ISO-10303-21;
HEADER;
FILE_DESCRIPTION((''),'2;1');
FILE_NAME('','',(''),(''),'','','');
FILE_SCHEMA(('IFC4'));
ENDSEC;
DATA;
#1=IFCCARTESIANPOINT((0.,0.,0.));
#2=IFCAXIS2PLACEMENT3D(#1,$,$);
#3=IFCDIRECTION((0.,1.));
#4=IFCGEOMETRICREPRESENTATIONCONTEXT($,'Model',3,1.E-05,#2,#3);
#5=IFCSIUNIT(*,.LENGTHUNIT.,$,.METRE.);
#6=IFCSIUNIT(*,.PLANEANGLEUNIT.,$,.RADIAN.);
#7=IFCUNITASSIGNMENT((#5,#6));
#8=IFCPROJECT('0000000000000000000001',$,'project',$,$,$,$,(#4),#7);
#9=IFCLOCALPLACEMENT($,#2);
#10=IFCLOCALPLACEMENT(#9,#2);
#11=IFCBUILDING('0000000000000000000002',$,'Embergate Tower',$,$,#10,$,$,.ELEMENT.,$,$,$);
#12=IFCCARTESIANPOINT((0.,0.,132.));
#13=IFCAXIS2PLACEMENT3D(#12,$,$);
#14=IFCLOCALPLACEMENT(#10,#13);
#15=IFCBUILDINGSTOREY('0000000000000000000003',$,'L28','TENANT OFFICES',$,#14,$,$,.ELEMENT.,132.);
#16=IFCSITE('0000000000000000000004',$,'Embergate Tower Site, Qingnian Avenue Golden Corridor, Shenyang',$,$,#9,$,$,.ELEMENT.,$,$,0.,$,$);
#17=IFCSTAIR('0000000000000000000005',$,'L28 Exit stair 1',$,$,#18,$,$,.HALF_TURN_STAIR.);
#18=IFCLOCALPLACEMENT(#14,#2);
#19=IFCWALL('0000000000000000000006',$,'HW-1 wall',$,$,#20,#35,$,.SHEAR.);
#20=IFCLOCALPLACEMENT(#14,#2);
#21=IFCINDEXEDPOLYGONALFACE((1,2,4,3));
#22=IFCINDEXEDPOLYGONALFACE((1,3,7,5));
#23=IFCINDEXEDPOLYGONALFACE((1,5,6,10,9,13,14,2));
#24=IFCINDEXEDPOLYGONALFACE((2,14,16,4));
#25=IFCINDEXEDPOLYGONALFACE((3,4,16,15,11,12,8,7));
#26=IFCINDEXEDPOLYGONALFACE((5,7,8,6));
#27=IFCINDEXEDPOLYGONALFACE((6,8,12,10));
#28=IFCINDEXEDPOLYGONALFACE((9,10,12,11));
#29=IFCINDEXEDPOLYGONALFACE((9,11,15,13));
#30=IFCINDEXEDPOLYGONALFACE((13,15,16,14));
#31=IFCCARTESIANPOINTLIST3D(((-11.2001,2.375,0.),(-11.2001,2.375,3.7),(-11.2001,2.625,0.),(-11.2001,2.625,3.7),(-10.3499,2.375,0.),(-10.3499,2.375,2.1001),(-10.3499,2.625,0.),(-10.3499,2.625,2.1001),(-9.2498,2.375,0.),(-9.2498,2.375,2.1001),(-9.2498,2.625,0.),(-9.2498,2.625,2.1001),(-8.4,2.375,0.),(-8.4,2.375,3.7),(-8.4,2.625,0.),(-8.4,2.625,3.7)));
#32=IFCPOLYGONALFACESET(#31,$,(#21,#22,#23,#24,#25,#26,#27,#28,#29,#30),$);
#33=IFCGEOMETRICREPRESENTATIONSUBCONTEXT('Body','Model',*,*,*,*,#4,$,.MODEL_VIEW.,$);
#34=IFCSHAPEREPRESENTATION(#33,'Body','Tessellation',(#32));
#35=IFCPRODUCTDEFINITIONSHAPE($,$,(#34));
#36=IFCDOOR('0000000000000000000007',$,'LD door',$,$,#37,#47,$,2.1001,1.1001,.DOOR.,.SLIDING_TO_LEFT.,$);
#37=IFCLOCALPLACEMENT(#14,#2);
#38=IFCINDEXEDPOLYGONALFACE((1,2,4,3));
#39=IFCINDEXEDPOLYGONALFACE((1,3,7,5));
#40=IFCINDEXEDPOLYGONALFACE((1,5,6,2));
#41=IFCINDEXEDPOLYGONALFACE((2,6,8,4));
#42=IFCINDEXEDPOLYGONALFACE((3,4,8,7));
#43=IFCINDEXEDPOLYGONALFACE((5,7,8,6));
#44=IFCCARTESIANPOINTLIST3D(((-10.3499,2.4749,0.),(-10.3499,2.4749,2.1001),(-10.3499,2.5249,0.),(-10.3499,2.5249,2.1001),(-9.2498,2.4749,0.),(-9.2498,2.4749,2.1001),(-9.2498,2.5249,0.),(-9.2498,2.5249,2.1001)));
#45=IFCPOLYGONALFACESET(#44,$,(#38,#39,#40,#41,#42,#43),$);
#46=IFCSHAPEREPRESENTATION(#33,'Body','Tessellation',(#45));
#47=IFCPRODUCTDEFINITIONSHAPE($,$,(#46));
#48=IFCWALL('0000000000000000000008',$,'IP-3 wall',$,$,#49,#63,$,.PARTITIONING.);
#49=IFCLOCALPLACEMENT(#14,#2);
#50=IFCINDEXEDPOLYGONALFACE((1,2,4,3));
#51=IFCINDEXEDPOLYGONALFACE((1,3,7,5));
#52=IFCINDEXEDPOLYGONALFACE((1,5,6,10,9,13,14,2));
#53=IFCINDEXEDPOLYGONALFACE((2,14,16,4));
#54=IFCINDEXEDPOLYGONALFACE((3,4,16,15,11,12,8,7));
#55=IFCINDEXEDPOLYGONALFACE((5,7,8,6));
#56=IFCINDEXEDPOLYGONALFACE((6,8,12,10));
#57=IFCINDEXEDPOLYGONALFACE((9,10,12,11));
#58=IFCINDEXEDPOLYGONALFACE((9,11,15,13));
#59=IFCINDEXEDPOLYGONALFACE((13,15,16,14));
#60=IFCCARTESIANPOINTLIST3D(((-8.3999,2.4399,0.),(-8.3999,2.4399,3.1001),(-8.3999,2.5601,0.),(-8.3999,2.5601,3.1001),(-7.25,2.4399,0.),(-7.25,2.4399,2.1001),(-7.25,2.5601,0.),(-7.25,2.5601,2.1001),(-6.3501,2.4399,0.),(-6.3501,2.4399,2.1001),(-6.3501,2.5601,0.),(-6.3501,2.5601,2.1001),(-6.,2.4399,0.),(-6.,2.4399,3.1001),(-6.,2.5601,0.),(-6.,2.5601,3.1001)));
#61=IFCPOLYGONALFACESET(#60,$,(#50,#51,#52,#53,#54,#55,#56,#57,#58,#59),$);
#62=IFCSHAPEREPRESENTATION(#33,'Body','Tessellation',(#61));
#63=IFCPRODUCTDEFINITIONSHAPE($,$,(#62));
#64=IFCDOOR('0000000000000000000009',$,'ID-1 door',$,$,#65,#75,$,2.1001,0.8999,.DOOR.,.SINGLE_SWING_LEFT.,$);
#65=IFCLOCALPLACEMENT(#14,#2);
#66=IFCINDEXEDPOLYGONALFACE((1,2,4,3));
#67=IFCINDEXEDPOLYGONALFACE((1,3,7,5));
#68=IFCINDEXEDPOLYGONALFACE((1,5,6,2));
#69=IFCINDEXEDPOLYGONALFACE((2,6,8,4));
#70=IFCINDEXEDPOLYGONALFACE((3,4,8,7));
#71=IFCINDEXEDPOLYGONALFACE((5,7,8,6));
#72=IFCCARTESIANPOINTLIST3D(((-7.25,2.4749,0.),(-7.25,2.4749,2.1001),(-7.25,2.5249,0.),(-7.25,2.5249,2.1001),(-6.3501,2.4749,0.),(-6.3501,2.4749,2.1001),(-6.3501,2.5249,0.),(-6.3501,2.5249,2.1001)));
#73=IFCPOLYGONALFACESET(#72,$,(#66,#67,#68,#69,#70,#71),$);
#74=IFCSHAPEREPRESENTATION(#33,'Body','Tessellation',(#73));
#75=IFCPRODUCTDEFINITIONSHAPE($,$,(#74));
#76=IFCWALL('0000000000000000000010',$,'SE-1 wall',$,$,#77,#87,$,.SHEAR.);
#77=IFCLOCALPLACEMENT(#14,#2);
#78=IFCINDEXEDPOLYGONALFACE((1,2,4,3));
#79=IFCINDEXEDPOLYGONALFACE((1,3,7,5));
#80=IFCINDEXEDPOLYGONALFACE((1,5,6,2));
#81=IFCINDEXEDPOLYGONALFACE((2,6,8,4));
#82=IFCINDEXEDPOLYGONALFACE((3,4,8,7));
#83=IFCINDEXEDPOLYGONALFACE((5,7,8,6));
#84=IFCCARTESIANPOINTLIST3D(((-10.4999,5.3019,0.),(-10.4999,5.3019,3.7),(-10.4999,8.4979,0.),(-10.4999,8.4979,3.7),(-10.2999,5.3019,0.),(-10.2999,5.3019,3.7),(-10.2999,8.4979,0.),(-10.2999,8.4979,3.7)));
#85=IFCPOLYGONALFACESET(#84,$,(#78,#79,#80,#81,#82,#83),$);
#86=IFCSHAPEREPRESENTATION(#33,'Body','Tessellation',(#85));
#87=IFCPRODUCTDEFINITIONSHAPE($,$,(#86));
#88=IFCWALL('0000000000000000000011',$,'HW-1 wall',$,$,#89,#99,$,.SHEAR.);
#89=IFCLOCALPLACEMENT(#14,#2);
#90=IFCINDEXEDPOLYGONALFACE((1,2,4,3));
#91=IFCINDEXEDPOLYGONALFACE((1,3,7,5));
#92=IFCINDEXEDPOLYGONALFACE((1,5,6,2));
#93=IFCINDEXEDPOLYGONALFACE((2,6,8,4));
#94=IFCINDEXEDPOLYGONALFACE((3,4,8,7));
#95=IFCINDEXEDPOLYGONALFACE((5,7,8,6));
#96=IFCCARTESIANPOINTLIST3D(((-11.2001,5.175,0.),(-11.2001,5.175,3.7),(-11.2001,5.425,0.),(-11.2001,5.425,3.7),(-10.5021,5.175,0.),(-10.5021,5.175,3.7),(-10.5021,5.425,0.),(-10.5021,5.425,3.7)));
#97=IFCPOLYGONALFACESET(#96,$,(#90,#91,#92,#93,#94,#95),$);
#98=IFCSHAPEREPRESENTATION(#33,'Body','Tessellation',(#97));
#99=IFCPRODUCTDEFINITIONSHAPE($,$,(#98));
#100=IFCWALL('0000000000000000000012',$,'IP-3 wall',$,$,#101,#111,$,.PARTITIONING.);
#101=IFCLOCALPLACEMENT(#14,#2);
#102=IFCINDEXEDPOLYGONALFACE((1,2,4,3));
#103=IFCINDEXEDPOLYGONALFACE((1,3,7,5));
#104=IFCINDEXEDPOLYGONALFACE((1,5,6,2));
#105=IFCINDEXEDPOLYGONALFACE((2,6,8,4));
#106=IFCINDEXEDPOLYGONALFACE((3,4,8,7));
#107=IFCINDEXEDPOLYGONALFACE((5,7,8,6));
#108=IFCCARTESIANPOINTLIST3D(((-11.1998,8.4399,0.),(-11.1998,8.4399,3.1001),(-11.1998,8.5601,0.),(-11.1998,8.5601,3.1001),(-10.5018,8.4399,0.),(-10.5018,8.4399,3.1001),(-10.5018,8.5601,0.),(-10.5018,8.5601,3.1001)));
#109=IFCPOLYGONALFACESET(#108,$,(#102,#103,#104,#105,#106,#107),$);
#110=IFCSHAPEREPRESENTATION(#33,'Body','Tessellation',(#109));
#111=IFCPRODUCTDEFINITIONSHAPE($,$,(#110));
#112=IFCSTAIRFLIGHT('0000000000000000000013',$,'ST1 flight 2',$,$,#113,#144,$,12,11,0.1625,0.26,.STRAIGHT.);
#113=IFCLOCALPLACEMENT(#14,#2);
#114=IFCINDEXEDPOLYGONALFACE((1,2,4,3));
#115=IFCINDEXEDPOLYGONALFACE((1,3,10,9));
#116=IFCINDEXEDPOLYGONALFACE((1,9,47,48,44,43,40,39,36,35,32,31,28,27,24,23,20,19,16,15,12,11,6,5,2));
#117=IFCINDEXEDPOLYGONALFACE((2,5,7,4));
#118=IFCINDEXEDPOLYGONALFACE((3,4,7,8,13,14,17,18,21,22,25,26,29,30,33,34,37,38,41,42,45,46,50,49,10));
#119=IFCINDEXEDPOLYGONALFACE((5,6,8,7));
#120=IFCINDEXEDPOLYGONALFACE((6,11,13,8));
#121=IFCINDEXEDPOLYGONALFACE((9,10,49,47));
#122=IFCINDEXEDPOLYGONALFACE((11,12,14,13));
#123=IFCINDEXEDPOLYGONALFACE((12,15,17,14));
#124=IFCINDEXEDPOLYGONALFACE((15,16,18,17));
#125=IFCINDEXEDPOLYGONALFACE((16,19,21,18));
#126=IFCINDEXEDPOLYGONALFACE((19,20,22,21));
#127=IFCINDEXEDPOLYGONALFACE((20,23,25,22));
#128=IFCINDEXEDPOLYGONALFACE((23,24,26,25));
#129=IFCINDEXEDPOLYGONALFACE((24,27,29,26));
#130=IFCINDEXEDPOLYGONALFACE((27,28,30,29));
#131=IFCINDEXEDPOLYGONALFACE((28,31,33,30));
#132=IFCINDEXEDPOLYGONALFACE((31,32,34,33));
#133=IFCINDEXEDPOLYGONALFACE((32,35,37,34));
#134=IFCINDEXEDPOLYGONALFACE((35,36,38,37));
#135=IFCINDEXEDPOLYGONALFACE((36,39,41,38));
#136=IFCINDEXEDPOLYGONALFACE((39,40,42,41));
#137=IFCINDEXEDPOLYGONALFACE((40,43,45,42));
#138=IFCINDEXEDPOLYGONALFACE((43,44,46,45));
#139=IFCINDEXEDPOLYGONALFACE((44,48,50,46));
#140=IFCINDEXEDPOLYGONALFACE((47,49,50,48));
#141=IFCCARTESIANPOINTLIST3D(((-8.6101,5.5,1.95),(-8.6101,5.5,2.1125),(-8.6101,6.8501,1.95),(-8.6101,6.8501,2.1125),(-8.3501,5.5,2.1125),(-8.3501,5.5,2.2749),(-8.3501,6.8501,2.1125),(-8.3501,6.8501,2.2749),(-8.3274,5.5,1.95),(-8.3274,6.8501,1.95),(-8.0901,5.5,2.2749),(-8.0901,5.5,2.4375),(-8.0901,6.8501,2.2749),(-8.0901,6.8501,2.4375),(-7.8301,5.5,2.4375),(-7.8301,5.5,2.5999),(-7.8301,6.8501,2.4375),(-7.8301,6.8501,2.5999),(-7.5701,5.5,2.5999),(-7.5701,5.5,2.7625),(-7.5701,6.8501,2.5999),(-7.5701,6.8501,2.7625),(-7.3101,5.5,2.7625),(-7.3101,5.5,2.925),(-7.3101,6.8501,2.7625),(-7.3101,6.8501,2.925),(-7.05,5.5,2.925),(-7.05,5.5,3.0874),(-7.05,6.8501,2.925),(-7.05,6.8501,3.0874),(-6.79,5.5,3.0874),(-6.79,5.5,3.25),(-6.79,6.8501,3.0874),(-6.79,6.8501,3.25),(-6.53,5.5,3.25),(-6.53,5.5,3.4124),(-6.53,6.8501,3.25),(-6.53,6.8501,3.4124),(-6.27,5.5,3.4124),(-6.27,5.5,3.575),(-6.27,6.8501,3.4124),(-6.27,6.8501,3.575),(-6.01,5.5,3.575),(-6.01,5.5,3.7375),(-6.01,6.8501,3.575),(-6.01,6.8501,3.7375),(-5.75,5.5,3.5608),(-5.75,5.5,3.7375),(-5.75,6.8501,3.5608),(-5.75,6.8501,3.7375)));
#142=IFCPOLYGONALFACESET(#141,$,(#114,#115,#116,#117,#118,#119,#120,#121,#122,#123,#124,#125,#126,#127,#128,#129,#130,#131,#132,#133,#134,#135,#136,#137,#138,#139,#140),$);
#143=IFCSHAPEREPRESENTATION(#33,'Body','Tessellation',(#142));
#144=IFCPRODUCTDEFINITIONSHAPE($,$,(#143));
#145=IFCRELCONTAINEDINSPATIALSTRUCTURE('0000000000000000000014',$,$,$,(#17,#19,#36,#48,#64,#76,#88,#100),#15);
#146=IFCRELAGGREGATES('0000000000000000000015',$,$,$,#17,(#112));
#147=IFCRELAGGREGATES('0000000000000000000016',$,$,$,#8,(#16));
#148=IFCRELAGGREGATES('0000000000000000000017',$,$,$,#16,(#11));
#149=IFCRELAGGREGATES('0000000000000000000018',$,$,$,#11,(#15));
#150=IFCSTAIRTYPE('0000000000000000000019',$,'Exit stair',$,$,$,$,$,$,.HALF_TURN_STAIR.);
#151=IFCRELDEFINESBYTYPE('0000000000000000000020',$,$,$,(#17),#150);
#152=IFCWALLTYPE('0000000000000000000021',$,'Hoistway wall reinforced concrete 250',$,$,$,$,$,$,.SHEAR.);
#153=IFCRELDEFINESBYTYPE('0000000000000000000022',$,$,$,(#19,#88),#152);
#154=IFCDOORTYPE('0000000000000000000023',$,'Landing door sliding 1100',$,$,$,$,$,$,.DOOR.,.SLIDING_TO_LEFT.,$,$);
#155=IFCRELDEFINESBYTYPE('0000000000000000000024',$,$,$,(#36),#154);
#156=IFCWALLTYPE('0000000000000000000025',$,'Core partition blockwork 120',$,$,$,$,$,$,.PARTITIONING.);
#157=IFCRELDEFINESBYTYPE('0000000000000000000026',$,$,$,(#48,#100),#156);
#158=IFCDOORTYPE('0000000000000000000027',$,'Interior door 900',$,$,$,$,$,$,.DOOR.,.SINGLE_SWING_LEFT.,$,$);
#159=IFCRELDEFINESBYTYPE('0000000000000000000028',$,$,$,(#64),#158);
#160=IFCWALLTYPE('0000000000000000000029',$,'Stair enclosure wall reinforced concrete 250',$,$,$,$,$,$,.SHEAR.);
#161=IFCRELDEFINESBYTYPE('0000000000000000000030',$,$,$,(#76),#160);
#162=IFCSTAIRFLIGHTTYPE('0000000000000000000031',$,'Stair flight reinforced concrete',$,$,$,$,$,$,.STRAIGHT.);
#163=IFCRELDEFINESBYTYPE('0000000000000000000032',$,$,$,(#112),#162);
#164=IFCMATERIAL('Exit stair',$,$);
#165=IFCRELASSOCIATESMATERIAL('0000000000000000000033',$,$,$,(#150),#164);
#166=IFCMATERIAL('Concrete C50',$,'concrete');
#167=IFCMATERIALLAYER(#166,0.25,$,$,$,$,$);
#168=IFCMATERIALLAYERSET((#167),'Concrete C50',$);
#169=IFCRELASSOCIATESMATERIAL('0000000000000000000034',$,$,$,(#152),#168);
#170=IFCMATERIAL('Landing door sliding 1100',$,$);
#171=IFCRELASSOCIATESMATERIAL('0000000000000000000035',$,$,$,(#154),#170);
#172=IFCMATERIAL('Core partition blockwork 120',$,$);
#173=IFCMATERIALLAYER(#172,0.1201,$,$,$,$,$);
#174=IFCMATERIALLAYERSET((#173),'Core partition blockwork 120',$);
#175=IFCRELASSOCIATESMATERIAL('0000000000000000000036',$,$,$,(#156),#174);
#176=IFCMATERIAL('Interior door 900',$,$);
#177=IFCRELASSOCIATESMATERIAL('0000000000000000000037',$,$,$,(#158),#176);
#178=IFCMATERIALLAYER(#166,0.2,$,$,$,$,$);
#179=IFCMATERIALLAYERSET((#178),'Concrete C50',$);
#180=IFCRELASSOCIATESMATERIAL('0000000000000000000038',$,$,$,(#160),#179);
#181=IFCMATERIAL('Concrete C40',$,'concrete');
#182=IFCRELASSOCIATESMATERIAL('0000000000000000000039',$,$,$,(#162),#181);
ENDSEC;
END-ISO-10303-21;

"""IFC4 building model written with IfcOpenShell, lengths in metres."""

from ifc_helpers import new_model, si_unit, direction, frame, frame_2d, origin, place, context, subcontext, project, spatial, polyline, rectangle, outline, extrude, source, transform, mapped, material, layer, layer_set, type_object, element, fill, aggregate, save


model = new_model("IFC4")

# Units and contexts
model_context = context("Model", 3, precision=1e-05, world=origin(), true_north=direction((0.0, 1.0)))
body_context = subcontext(model_context, "Body", "Model", "MODEL_VIEW")
ifc_project = project(units=[si_unit("LENGTHUNIT", "METRE"), si_unit("PLANEANGLEUNIT", "RADIAN")], contexts=[model_context])

# Site, building, storey
site_placement = place(None, origin())
site = spatial("IfcSite", under=ifc_project, at=site_placement, Name="Embergate Tower Site, Qingnian Avenue Golden Corridor, Shenyang", CompositionType="ELEMENT", RefElevation=0.0)
building_placement = place(site_placement, origin())
building = spatial("IfcBuilding", under=site, at=building_placement, Name="Embergate Tower", CompositionType="ELEMENT")
storey_placement = place(building_placement, frame((0.0, 0.0, 132.0)))
storey = spatial("IfcBuildingStorey", under=building, at=storey_placement, Name="L28", Description="TENANT OFFICES", CompositionType="ELEMENT", Elevation=132.0)

# Stair
ifc_material_1 = material(Name="Exit stair")
stair_type = type_object("IfcStairType", Name="Exit stair", PredefinedType="HALF_TURN_STAIR", material=ifc_material_1)
stair_placement = place(storey_placement, origin())
stair = element("IfcStair", 1, at=stair_placement, inside=storey, type_object=stair_type, Name="L28 Exit stair 1", PredefinedType="HALF_TURN_STAIR")
ifc_material_2 = material(Name="Concrete C40", Category="concrete")

# Shared definitions
ifc_material_3 = material(Name="Concrete C50", Category="concrete")
ifc_layer_1 = layer(ifc_material_3, 0.25)
ifc_layer_set_1 = layer_set([ifc_layer_1], Name="Concrete C50")
wall_type_1 = type_object("IfcWallType", Name="Hoistway wall reinforced concrete 250", PredefinedType="SHEAR", material=ifc_layer_set_1)

# Shared definitions
shared_shape_1 = source(origin(), body_context, "Body", "SweptSolid", [
    extrude(rectangle(XDim=0.8999, YDim=2.1001, at=frame_2d((0.45, 1.05))), frame((0.0, 0.0249, 0.0), z_axis=(0.0, -1.0, 0.0), x_axis=(1.0, 0.0, 0.0)), (0.0, 0.0, 1.0), 0.05),
])

# Walls, openings, doors
shared_shape_2 = source(origin(), body_context, "Body", "SweptSolid", [
    extrude(rectangle(XDim=2.8, YDim=0.25, at=frame_2d((1.3999, 0.0))), origin(), (0.0, 0.0, 1.0), 3.7),
])
wall_1_placement = place(storey_placement, frame((-11.2, 2.5, 0.0), z_axis=(0.0, 0.0, 1.0), x_axis=(1.0, 0.0, 0.0)))
wall_1 = element("IfcWall", 2, at=wall_1_placement, inside=storey, type_object=wall_type_1, Name="HW-1 wall", PredefinedType="SHEAR", context=body_context, shape_type="MappedRepresentation", body=[
    mapped(shared_shape_2, transform((0.0, 0.0, 0.0))),
])
shared_shape_3 = source(origin(), body_context, "Body", "SweptSolid", [
    extrude(rectangle(XDim=1.1001, YDim=2.1001, at=frame_2d((0.55, 1.05))), frame((0.0, 0.135, 0.0), z_axis=(0.0, -1.0, 0.0), x_axis=(1.0, 0.0, 0.0)), (0.0, 0.0, 1.0), 0.27),
])
opening_1_placement = place(wall_1_placement, frame((0.8501, 0.0, 0.0)))
opening_1 = element("IfcOpeningElement", 3, at=opening_1_placement, cuts=wall_1, PredefinedType="OPENING", context=body_context, shape_type="MappedRepresentation", body=[
    mapped(shared_shape_3, transform((0.0, 0.0, 0.0))),
])
ifc_material_4 = material(Name="Landing door sliding 1100")
door_type_1 = type_object("IfcDoorType", Name="Landing door sliding 1100", OperationType="SLIDING_TO_LEFT", PredefinedType="DOOR", material=ifc_material_4)
shared_shape_4 = source(origin(), body_context, "Body", "SweptSolid", [
    extrude(rectangle(XDim=1.1001, YDim=2.1001, at=frame_2d((0.55, 1.05))), frame((0.0, 0.0249, 0.0), z_axis=(0.0, -1.0, 0.0), x_axis=(1.0, 0.0, 0.0)), (0.0, 0.0, 1.0), 0.05),
])
door_1_placement = place(opening_1_placement, origin())
door_1 = element("IfcDoor", 4, at=door_1_placement, inside=storey, type_object=door_type_1, Name="LD door", OperationType="SLIDING_TO_LEFT", OverallHeight=2.1001, OverallWidth=1.1001, PredefinedType="DOOR", context=body_context, shape_type="MappedRepresentation", body=[
    mapped(shared_shape_4, transform((0.0, 0.0, 0.0))),
])
fill(opening_1, door_1)
ifc_material_5 = material(Name="Core partition blockwork 120")
ifc_layer_2 = layer(ifc_material_5, 0.1201)
ifc_layer_set_2 = layer_set([ifc_layer_2], Name="Core partition blockwork 120")
wall_type_2 = type_object("IfcWallType", Name="Core partition blockwork 120", PredefinedType="PARTITIONING", material=ifc_layer_set_2)
shared_shape_5 = source(origin(), body_context, "Body", "SweptSolid", [
    extrude(rectangle(XDim=2.3999, YDim=0.1201, at=frame_2d((1.2, 0.0))), origin(), (0.0, 0.0, 1.0), 3.1001),
])
wall_2_placement = place(storey_placement, frame((-8.3999, 2.5, 0.0), z_axis=(0.0, 0.0, 1.0), x_axis=(1.0, 0.0, 0.0)))
wall_2 = element("IfcWall", 5, at=wall_2_placement, inside=storey, type_object=wall_type_2, Name="IP-3 wall", PredefinedType="PARTITIONING", context=body_context, shape_type="MappedRepresentation", body=[
    mapped(shared_shape_5, transform((0.0, 0.0, 0.0))),
])
shared_shape_6 = source(origin(), body_context, "Body", "SweptSolid", [
    extrude(rectangle(XDim=0.8999, YDim=2.1001, at=frame_2d((0.45, 1.05))), frame((0.0, 0.0701, 0.0), z_axis=(0.0, -1.0, 0.0), x_axis=(1.0, 0.0, 0.0)), (0.0, 0.0, 1.0), 0.1401),
])
opening_2_placement = place(wall_2_placement, frame((1.1499, 0.0, 0.0)))
opening_2 = element("IfcOpeningElement", 6, at=opening_2_placement, cuts=wall_2, PredefinedType="OPENING", context=body_context, shape_type="MappedRepresentation", body=[
    mapped(shared_shape_6, transform((0.0, 0.0, 0.0))),
])
ifc_material_6 = material(Name="Interior door 900")
door_type_2 = type_object("IfcDoorType", Name="Interior door 900", OperationType="SINGLE_SWING_LEFT", PredefinedType="DOOR", material=ifc_material_6)
door_2_placement = place(opening_2_placement, origin())
door_2 = element("IfcDoor", 7, at=door_2_placement, inside=storey, type_object=door_type_2, Name="ID-1 door", OperationType="SINGLE_SWING_LEFT", OverallHeight=2.1001, OverallWidth=0.8999, PredefinedType="DOOR", context=body_context, shape_type="MappedRepresentation", body=[
    mapped(shared_shape_1, transform((0.0, 0.0, 0.0))),
])
fill(opening_2, door_2)

# Walls
ifc_layer_3 = layer(ifc_material_3, 0.2)
ifc_layer_set_3 = layer_set([ifc_layer_3], Name="Concrete C50")
wall_type_3 = type_object("IfcWallType", Name="Stair enclosure wall reinforced concrete 250", PredefinedType="SHEAR", material=ifc_layer_set_3)
shared_shape_7 = source(origin(), body_context, "Body", "SweptSolid", [
    extrude(rectangle(XDim=3.196, YDim=0.2, at=frame_2d((1.5981, 0.0))), origin(), (0.0, 0.0, 1.0), 3.7),
])
wall_3_placement = place(storey_placement, frame((-10.3999, 8.498, 0.0), z_axis=(0.0, 0.0, 1.0), x_axis=(0.0, -1.0, 0.0)))
element("IfcWall", 8, at=wall_3_placement, inside=storey, type_object=wall_type_3, Name="SE-1 wall", PredefinedType="SHEAR", context=body_context, shape_type="MappedRepresentation", body=[
    mapped(shared_shape_7, transform((0.0, 0.0, 0.0))),
])
shared_shape_8 = source(origin(), body_context, "Body", "SweptSolid", [
    extrude(rectangle(XDim=0.698, YDim=0.25, at=frame_2d((0.3491, 0.0))), origin(), (0.0, 0.0, 1.0), 3.7),
])
wall_4_placement = place(storey_placement, frame((-10.502, 5.3, 0.0), z_axis=(0.0, 0.0, 1.0), x_axis=(-1.0, 0.0, 0.0)))
element("IfcWall", 9, at=wall_4_placement, inside=storey, type_object=wall_type_1, Name="HW-1 wall", PredefinedType="SHEAR", context=body_context, shape_type="MappedRepresentation", body=[
    mapped(shared_shape_8, transform((0.0, 0.0, 0.0))),
])
shared_shape_9 = source(origin(), body_context, "Body", "SweptSolid", [
    extrude(rectangle(XDim=0.698, YDim=0.1201, at=frame_2d((0.3491, 0.0))), origin(), (0.0, 0.0, 1.0), 3.1001),
])
wall_5_placement = place(storey_placement, frame((-11.2, 8.5, 0.0), z_axis=(0.0, 0.0, 1.0), x_axis=(1.0, 0.0, 0.0)))
element("IfcWall", 10, at=wall_5_placement, inside=storey, type_object=wall_type_2, Name="IP-3 wall", PredefinedType="PARTITIONING", context=body_context, shape_type="MappedRepresentation", body=[
    mapped(shared_shape_9, transform((0.0, 0.0, 0.0))),
])

# Stair flight
stair_flight_type = type_object("IfcStairFlightType", Name="Stair flight reinforced concrete", PredefinedType="STRAIGHT", material=ifc_material_2)
shared_shape_10 = source(origin(), body_context, "Body", "SweptSolid", [
    extrude(outline(polyline([(0.0, 0.0), (0.0, 0.1626), (0.26, 0.1626), (0.26, 0.325), (0.52, 0.325), (0.52, 0.4875), (0.78, 0.4875), (0.78, 0.6499), (1.04, 0.6499), (1.04, 0.8125), (1.3, 0.8125), (1.3, 0.9751), (1.5601, 0.9751), (1.5601, 1.1375), (1.8201, 1.1375), (1.8201, 1.3), (2.0801, 1.3), (2.0801, 1.4624), (2.3401, 1.4624), (2.3401, 1.625), (2.6001, 1.625), (2.6001, 1.7876), (2.8601, 1.7876), (2.8601, 1.95), (2.8601, 1.6108), (0.2827, 0.0), (0.0, 0.0)])), frame((0.0, 0.675, 0.0), z_axis=(0.0, -1.0, 0.0), x_axis=(1.0, 0.0, 0.0)), (0.0, 0.0, 1.0), 1.3501),
])
stair_flight_placement = place(storey_placement, frame((-8.6101, 6.175, 1.95), z_axis=(0.0, 0.0, 1.0), x_axis=(1.0, 0.0, 0.0)))
stair_flight = element("IfcStairFlight", 11, at=stair_flight_placement, type_object=stair_flight_type, Name="ST1 flight 2", NumberOfRisers=12, NumberOfTreads=11, PredefinedType="STRAIGHT", RiserHeight=0.1625, TreadLength=0.26, context=body_context, shape_type="MappedRepresentation", body=[
    mapped(shared_shape_10, transform((0.0, 0.0, 0.0))),
])
aggregate(stair, [stair_flight])

save(model, "model.ifc")
